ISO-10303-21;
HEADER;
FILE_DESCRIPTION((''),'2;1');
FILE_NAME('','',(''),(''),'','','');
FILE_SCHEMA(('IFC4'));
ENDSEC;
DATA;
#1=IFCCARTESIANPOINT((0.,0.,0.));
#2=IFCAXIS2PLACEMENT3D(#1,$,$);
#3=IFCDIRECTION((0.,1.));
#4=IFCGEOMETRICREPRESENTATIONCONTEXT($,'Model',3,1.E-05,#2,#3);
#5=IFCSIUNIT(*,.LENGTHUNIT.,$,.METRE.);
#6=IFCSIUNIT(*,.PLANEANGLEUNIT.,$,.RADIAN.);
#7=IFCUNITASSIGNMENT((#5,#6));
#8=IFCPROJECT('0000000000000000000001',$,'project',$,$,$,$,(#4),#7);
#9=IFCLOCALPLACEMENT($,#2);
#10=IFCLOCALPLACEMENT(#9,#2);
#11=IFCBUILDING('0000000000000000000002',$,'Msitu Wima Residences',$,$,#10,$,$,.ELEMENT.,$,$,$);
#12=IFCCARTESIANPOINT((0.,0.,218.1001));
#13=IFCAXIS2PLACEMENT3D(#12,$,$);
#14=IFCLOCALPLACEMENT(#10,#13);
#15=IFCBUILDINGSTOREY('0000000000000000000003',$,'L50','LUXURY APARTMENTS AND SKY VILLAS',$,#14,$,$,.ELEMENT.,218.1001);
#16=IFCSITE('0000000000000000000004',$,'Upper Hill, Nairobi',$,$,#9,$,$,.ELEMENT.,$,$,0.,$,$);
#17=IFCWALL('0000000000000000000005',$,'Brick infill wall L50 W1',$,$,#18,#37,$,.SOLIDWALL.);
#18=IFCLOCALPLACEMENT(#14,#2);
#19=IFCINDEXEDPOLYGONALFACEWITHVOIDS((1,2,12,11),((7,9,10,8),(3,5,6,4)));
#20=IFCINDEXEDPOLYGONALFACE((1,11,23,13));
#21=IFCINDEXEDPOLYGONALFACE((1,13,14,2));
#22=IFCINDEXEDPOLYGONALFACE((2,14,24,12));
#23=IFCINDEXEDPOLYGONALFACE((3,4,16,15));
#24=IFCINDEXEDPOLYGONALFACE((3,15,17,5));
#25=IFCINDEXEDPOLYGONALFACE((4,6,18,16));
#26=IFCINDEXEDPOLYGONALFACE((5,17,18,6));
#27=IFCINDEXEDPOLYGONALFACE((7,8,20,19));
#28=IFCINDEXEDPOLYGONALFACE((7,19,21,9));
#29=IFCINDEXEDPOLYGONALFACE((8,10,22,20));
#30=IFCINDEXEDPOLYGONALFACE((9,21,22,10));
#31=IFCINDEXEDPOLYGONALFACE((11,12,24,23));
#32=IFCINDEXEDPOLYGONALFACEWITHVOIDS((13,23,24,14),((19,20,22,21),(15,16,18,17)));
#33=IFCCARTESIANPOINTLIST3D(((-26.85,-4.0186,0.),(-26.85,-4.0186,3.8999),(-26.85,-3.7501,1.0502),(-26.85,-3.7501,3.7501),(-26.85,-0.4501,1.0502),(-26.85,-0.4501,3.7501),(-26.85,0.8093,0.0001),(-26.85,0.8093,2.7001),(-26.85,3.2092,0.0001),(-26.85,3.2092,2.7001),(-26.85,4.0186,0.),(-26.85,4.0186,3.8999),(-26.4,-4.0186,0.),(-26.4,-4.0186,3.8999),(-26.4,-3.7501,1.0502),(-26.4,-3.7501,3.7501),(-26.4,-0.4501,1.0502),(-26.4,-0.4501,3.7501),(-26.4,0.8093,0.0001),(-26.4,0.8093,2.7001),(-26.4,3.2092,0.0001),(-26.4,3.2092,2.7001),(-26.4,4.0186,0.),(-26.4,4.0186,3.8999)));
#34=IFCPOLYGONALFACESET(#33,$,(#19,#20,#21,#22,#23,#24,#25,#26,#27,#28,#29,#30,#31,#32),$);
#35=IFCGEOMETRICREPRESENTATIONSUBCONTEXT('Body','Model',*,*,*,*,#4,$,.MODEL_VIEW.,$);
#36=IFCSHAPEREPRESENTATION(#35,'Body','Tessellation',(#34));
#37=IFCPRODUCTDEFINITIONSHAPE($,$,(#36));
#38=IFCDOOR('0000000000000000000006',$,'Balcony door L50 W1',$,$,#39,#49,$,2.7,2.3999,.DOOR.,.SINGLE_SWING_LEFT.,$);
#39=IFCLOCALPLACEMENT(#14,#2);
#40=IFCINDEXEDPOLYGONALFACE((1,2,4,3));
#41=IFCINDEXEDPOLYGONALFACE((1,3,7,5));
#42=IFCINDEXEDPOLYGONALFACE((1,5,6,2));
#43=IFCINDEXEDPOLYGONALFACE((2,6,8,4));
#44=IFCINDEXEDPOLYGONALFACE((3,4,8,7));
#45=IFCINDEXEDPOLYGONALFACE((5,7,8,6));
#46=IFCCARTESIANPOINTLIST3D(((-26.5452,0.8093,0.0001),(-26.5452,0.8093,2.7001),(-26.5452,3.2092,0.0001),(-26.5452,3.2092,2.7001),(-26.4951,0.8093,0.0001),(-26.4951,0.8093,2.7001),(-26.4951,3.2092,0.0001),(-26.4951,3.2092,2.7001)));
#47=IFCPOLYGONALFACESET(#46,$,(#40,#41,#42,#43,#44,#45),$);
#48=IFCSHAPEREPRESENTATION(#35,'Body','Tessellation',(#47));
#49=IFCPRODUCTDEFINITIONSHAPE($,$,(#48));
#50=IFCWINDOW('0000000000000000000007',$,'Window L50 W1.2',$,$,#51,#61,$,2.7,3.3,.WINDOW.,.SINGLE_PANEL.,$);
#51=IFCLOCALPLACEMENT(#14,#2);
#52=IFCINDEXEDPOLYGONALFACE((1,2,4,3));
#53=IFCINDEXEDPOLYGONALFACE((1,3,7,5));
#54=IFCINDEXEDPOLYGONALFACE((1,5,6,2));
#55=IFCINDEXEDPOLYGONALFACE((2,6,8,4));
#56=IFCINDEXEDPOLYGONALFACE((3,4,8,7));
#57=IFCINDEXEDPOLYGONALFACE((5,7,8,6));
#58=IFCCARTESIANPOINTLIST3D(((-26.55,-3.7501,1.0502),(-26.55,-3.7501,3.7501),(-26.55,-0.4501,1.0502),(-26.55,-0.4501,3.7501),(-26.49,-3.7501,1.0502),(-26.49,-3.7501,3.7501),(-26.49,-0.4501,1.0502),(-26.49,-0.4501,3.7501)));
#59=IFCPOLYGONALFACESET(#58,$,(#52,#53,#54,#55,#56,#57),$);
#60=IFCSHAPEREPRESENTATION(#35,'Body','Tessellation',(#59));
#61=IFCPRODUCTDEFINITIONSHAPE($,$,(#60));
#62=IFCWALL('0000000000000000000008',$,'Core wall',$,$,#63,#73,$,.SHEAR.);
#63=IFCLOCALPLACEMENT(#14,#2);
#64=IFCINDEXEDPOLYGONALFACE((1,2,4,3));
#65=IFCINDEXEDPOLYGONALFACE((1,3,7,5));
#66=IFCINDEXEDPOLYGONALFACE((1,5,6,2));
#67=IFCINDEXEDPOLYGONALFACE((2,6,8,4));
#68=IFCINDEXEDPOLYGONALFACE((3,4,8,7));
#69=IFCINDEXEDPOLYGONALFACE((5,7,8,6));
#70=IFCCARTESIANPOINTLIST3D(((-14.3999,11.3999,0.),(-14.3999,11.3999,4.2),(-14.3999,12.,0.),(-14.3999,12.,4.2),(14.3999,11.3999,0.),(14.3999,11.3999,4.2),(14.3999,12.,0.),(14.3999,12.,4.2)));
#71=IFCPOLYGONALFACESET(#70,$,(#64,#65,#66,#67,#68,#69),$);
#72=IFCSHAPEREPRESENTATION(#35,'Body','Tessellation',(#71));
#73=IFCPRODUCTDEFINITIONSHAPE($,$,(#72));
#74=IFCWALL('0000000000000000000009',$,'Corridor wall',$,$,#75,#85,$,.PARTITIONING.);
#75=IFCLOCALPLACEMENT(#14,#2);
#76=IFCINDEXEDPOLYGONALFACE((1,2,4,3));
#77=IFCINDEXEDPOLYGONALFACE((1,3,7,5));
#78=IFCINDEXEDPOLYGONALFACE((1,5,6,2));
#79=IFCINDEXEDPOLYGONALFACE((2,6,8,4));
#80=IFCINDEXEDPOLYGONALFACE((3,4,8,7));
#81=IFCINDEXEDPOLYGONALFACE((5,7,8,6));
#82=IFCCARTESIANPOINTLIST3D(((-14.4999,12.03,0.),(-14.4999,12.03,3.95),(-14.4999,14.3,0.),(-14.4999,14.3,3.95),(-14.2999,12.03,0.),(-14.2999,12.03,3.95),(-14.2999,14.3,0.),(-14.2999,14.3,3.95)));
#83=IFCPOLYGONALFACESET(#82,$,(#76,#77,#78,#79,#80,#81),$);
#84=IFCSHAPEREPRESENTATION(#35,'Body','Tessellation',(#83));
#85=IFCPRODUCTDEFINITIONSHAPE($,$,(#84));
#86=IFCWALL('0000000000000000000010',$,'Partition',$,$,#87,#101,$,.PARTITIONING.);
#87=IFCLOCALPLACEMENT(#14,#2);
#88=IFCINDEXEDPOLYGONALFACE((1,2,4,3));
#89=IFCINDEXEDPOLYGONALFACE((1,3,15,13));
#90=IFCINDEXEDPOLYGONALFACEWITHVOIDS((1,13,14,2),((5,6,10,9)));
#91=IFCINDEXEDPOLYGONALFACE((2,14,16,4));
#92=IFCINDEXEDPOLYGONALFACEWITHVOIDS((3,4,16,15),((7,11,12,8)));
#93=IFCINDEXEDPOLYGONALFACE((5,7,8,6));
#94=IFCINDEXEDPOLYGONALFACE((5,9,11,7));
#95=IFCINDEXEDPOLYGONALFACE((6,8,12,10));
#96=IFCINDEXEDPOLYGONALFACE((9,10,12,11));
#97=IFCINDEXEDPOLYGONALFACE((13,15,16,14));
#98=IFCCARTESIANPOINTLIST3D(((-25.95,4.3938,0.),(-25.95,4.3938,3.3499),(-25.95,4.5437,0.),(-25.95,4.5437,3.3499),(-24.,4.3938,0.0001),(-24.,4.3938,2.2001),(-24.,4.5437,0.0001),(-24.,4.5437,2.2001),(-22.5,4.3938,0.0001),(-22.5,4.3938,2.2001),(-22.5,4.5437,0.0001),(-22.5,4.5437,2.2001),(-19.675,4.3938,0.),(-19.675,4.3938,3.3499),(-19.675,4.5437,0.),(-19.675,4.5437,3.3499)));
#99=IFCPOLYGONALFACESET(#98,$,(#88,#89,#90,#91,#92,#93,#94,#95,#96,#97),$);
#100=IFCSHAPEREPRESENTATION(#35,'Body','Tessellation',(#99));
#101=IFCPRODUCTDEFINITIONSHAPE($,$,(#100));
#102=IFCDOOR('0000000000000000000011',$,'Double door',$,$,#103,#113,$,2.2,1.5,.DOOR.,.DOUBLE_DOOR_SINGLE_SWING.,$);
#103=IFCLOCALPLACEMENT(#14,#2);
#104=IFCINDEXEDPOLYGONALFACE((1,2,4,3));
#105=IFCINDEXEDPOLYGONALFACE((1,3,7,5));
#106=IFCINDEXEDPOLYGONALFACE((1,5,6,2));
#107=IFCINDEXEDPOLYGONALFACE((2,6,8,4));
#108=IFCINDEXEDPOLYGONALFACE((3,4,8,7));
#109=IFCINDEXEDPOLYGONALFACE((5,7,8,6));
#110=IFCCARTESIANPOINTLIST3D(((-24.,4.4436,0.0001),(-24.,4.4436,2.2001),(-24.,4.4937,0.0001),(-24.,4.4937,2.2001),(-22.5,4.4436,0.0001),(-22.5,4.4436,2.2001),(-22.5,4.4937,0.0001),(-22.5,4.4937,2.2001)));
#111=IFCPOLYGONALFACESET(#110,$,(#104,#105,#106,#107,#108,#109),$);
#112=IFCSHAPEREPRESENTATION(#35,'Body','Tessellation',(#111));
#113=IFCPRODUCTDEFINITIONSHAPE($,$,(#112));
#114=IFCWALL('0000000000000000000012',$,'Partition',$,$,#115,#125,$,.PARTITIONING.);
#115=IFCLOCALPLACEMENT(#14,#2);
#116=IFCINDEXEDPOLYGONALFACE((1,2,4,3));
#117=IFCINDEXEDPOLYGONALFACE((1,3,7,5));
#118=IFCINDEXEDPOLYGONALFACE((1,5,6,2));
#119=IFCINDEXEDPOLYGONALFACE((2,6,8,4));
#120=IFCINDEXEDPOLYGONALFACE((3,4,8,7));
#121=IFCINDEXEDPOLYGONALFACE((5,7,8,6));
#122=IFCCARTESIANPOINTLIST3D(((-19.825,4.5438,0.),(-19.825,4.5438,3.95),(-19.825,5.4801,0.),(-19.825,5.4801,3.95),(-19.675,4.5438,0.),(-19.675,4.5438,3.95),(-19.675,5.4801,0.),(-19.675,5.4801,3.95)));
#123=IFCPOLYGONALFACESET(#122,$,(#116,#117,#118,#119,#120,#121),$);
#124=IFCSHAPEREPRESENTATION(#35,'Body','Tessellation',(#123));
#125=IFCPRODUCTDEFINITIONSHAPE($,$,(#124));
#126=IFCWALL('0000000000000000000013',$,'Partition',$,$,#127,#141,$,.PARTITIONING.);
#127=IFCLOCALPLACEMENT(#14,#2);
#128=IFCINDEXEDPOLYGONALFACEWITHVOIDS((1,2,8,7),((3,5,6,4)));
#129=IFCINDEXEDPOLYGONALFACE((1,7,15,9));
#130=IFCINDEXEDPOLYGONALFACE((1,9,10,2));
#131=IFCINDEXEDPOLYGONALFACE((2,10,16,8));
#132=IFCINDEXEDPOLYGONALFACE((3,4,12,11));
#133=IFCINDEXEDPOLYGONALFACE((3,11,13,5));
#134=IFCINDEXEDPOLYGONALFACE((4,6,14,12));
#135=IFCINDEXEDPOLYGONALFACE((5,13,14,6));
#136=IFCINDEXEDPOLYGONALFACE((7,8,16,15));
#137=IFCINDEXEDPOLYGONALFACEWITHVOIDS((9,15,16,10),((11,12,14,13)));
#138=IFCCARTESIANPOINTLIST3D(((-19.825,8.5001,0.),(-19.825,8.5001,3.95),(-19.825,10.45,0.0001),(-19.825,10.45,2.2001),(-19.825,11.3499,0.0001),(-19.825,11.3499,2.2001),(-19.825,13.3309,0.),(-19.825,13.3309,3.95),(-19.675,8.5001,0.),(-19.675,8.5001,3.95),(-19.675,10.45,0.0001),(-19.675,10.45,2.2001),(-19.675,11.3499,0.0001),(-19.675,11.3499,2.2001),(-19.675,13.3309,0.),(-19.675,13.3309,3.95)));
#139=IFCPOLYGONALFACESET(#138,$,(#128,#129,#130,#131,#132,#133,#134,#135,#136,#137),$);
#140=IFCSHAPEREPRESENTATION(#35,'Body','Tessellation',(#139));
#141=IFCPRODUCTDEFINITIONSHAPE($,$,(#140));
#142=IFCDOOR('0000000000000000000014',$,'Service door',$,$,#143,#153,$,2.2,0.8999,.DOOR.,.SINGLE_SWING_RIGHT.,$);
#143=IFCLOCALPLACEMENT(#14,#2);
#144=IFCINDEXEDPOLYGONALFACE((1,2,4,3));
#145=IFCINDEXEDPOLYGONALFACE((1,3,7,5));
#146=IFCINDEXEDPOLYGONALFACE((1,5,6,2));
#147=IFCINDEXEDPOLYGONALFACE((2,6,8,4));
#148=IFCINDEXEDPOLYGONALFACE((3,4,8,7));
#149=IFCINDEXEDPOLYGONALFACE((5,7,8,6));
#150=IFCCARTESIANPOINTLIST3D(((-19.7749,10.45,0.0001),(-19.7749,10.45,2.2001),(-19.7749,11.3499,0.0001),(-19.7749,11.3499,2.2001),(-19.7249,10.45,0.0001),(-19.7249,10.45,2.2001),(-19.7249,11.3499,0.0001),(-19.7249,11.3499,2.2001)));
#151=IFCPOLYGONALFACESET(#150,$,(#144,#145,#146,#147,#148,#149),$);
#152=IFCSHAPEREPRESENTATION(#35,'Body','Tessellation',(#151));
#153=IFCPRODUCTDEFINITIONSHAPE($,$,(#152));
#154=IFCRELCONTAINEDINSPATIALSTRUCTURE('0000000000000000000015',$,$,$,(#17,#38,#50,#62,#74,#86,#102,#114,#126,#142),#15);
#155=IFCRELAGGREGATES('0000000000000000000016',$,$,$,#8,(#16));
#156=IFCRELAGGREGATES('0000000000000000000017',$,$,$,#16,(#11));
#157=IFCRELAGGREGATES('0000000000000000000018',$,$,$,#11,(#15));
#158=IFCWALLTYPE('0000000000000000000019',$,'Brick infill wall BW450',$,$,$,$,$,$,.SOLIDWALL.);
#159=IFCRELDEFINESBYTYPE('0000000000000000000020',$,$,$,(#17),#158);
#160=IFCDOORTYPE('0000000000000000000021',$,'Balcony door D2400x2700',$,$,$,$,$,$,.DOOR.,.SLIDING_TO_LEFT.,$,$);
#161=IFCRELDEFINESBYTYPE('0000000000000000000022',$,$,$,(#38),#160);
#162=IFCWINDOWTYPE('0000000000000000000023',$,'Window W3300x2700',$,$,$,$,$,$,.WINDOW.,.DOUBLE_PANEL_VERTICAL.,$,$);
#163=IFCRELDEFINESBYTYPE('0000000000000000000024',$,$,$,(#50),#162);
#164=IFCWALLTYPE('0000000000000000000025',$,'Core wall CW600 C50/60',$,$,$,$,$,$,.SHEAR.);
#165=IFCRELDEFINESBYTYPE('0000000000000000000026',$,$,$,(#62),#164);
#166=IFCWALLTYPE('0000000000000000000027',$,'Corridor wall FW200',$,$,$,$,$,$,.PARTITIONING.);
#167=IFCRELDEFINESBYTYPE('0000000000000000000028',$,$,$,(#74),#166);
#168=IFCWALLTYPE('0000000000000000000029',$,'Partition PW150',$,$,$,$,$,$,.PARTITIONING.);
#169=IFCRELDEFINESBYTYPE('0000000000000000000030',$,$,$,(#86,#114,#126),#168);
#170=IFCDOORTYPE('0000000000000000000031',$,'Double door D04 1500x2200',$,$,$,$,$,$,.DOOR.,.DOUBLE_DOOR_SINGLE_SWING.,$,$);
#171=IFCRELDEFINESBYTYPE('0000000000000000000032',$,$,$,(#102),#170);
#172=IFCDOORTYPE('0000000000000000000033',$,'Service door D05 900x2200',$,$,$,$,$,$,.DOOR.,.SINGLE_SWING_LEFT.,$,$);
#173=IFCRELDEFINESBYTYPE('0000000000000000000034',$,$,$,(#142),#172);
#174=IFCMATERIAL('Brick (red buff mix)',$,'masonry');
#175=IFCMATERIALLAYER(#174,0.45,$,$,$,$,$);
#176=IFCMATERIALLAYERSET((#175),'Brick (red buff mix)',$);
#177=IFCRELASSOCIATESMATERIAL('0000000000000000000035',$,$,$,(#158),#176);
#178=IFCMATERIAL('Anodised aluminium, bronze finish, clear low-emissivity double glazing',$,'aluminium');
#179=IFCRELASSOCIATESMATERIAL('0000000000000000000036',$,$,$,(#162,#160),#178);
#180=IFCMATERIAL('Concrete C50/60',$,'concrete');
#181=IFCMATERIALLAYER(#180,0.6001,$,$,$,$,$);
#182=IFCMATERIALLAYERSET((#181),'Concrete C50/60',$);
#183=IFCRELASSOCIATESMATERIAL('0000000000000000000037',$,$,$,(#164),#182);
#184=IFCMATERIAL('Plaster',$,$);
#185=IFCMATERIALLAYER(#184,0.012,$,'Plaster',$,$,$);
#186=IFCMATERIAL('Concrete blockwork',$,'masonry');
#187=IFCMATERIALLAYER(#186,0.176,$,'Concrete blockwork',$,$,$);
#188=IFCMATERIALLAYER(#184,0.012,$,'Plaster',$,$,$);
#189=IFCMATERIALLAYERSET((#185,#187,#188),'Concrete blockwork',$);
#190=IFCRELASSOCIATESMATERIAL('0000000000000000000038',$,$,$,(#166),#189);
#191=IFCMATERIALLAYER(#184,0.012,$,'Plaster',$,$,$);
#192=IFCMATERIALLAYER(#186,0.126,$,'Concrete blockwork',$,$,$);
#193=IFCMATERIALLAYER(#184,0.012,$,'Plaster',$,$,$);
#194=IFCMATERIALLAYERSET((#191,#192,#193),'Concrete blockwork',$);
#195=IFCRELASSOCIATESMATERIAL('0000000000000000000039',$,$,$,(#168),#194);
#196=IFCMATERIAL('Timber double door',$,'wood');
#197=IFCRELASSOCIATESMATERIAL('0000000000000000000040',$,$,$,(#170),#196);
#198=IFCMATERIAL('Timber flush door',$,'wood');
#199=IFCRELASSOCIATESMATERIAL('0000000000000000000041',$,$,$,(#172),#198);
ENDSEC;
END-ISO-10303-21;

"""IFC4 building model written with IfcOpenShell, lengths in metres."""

from ifc_helpers import new_model, si_unit, direction, frame, frame_2d, origin, place, context, subcontext, project, spatial, rectangle, extrude, material, layer, layer_set, type_object, element, fill, save


model = new_model("IFC4")

# Units and contexts
model_context = context("Model", 3, precision=1e-05, world=origin(), true_north=direction((0.0, 1.0)))
body_context = subcontext(model_context, "Body", "Model", "MODEL_VIEW")
ifc_project = project(units=[si_unit("LENGTHUNIT", "METRE"), si_unit("PLANEANGLEUNIT", "RADIAN")], contexts=[model_context])

# Site, building, storey
site_placement = place(None, origin())
site = spatial("IfcSite", under=ifc_project, at=site_placement, Name="Upper Hill, Nairobi", CompositionType="ELEMENT", RefElevation=0.0)
building_placement = place(site_placement, origin())
building = spatial("IfcBuilding", under=site, at=building_placement, Name="Msitu Wima Residences", CompositionType="ELEMENT")
storey_placement = place(building_placement, frame((0.0, 0.0, 218.1001)))
storey = spatial("IfcBuildingStorey", under=building, at=storey_placement, Name="L50", Description="LUXURY APARTMENTS AND SKY VILLAS", CompositionType="ELEMENT", Elevation=218.1001)

# Shared definitions
ifc_material_1 = material(Name="Concrete C50/60", Category="concrete")

# Shared definitions
ifc_material_2 = material(Name="Brick (red buff mix)", Category="masonry")
ifc_layer_1 = layer(ifc_material_2, 0.45)
ifc_layer_set_1 = layer_set([ifc_layer_1], Name="Brick (red buff mix)")
wall_type_1 = type_object("IfcWallType", Name="Brick infill wall BW450", PredefinedType="SOLIDWALL", material=ifc_layer_set_1)
ifc_material_3 = material(Name="Anodised aluminium, bronze finish, clear low-emissivity double glazing", Category="aluminium")
window_type = type_object("IfcWindowType", Name="Window W3300x2700", PartitioningType="DOUBLE_PANEL_VERTICAL", PredefinedType="WINDOW", material=ifc_material_3)

# Wall, openings, door, window
wall_1_placement = place(storey_placement, frame((-26.625, 4.0186, 0.0), z_axis=(0.0, 0.0, 1.0), x_axis=(0.0, -1.0, 0.0)))
wall_1 = element("IfcWall", 1, at=wall_1_placement, inside=storey, type_object=wall_type_1, Name="Brick infill wall L50 W1", PredefinedType="SOLIDWALL", context=body_context, shape_type="SweptSolid", body=[
    extrude(rectangle(XDim=8.0371, YDim=0.45, at=frame_2d((4.0186, 0.0))), origin(), (0.0, 0.0, 1.0), 3.8999),
])
opening_1_placement = place(wall_1_placement, frame((0.8093, 0.0, 0.0)))
opening_1 = element("IfcOpeningElement", 2, at=opening_1_placement, cuts=wall_1, PredefinedType="OPENING", context=body_context, shape_type="SweptSolid", body=[
    extrude(rectangle(XDim=2.3999, YDim=2.7, at=frame_2d((1.2, 1.3501))), frame((0.0, 0.2349, 0.0), z_axis=(0.0, -1.0, 0.0), x_axis=(1.0, 0.0, 0.0)), (0.0, 0.0, 1.0), 0.47),
])
opening_2_placement = place(wall_1_placement, frame((4.4688, 0.0, 1.05)))
opening_2 = element("IfcOpeningElement", 3, at=opening_2_placement, cuts=wall_1, PredefinedType="OPENING", context=body_context, shape_type="SweptSolid", body=[
    extrude(rectangle(XDim=3.3, YDim=2.7, at=frame_2d((1.6499, 1.3501))), frame((0.0, 0.2349, 0.0), z_axis=(0.0, -1.0, 0.0), x_axis=(1.0, 0.0, 0.0)), (0.0, 0.0, 1.0), 0.47),
])
door_type_1 = type_object("IfcDoorType", Name="Balcony door D2400x2700", OperationType="SLIDING_TO_LEFT", PredefinedType="DOOR", material=ifc_material_3)
door_1_placement = place(opening_1_placement, origin())
door_1 = element("IfcDoor", 4, at=door_1_placement, inside=storey, type_object=door_type_1, Name="Balcony door L50 W1", OperationType="SINGLE_SWING_LEFT", OverallHeight=2.7, OverallWidth=2.3999, PredefinedType="DOOR", context=body_context, shape_type="SweptSolid", body=[
    extrude(rectangle(XDim=2.3999, YDim=2.7, at=frame_2d((1.2, 1.3501))), frame((0.0, 0.1299, 0.0), z_axis=(0.0, -1.0, 0.0), x_axis=(1.0, 0.0, 0.0)), (0.0, 0.0, 1.0), 0.05),
])
fill(opening_1, door_1)
window_1_placement = place(opening_2_placement, origin())
window_1 = element("IfcWindow", 5, at=window_1_placement, inside=storey, type_object=window_type, Name="Window L50 W1.2", OverallHeight=2.7, OverallWidth=3.3, PartitioningType="SINGLE_PANEL", PredefinedType="WINDOW", context=body_context, shape_type="SweptSolid", body=[
    extrude(rectangle(XDim=3.3, YDim=2.7, at=frame_2d((1.6499, 1.3501))), frame((0.0, 0.135, 0.0), z_axis=(0.0, -1.0, 0.0), x_axis=(1.0, 0.0, 0.0)), (0.0, 0.0, 1.0), 0.0601),
])
fill(opening_2, window_1)

# Walls
ifc_layer_2 = layer(ifc_material_1, 0.6001)
ifc_layer_set_2 = layer_set([ifc_layer_2], Name="Concrete C50/60")
wall_type_2 = type_object("IfcWallType", Name="Core wall CW600 C50/60", PredefinedType="SHEAR", material=ifc_layer_set_2)
wall_2_placement = place(storey_placement, frame((-14.3999, 11.7, 0.0), z_axis=(0.0, 0.0, 1.0), x_axis=(1.0, 0.0, 0.0)))
element("IfcWall", 6, at=wall_2_placement, inside=storey, type_object=wall_type_2, Name="Core wall", PredefinedType="SHEAR", context=body_context, shape_type="SweptSolid", body=[
    extrude(rectangle(XDim=28.7998, YDim=0.6001, at=frame_2d((14.3999, 0.0))), origin(), (0.0, 0.0, 1.0), 4.2),
])
ifc_material_4 = material(Name="Plaster")
ifc_layer_3 = layer(ifc_material_4, 0.012, Name="Plaster")
ifc_material_5 = material(Name="Concrete blockwork", Category="masonry")
ifc_layer_4 = layer(ifc_material_5, 0.176, Name="Concrete blockwork")
ifc_layer_5 = layer(ifc_material_4, 0.012, Name="Plaster")
ifc_layer_set_3 = layer_set([ifc_layer_3, ifc_layer_4, ifc_layer_5], Name="Concrete blockwork")
wall_type_3 = type_object("IfcWallType", Name="Corridor wall FW200", PredefinedType="PARTITIONING", material=ifc_layer_set_3)
wall_3_placement = place(storey_placement, frame((-14.3999, 12.03, 0.0), z_axis=(0.0, 0.0, 1.0), x_axis=(0.0, 1.0, 0.0)))
element("IfcWall", 7, at=wall_3_placement, inside=storey, type_object=wall_type_3, Name="Corridor wall", PredefinedType="PARTITIONING", context=body_context, shape_type="SweptSolid", body=[
    extrude(rectangle(XDim=2.27, YDim=0.2, at=frame_2d((1.135, 0.0))), origin(), (0.0, 0.0, 1.0), 3.95),
])

# Wall, opening, door
ifc_layer_6 = layer(ifc_material_4, 0.012, Name="Plaster")
ifc_layer_7 = layer(ifc_material_5, 0.126, Name="Concrete blockwork")
ifc_layer_8 = layer(ifc_material_4, 0.012, Name="Plaster")
ifc_layer_set_4 = layer_set([ifc_layer_6, ifc_layer_7, ifc_layer_8], Name="Concrete blockwork")
wall_type_4 = type_object("IfcWallType", Name="Partition PW150", PredefinedType="PARTITIONING", material=ifc_layer_set_4)
wall_4_placement = place(storey_placement, frame((-25.95, 4.4688, 0.0), z_axis=(0.0, 0.0, 1.0), x_axis=(1.0, 0.0, 0.0)))
wall_4 = element("IfcWall", 8, at=wall_4_placement, inside=storey, type_object=wall_type_4, Name="Partition", PredefinedType="PARTITIONING", context=body_context, shape_type="SweptSolid", body=[
    extrude(rectangle(XDim=6.2749, YDim=0.1499, at=frame_2d((3.1375, 0.0))), origin(), (0.0, 0.0, 1.0), 3.3499),
])
opening_3_placement = place(wall_4_placement, frame((1.95, 0.0, 0.0)))
opening_3 = element("IfcOpeningElement", 9, at=opening_3_placement, cuts=wall_4, PredefinedType="OPENING", context=body_context, shape_type="SweptSolid", body=[
    extrude(rectangle(XDim=1.5, YDim=2.2, at=frame_2d((0.75, 1.1001))), frame((0.0, 0.085, 0.0), z_axis=(0.0, -1.0, 0.0), x_axis=(1.0, 0.0, 0.0)), (0.0, 0.0, 1.0), 0.1699),
])
ifc_material_6 = material(Name="Timber double door", Category="wood")
door_type_2 = type_object("IfcDoorType", Name="Double door D04 1500x2200", OperationType="DOUBLE_DOOR_SINGLE_SWING", PredefinedType="DOOR", material=ifc_material_6)
door_2_placement = place(opening_3_placement, origin())
door_2 = element("IfcDoor", 10, at=door_2_placement, inside=storey, type_object=door_type_2, Name="Double door", OperationType="DOUBLE_DOOR_SINGLE_SWING", OverallHeight=2.2, OverallWidth=1.5, PredefinedType="DOOR", context=body_context, shape_type="SweptSolid", body=[
    extrude(rectangle(XDim=1.5, YDim=2.2, at=frame_2d((0.75, 1.1001))), frame((0.0, 0.0249, 0.0), z_axis=(0.0, -1.0, 0.0), x_axis=(1.0, 0.0, 0.0)), (0.0, 0.0, 1.0), 0.05),
])
fill(opening_3, door_2)

# Wall
wall_5_placement = place(storey_placement, frame((-19.75, 4.5437, 0.0), z_axis=(0.0, 0.0, 1.0), x_axis=(0.0, 1.0, 0.0)))
element("IfcWall", 11, at=wall_5_placement, inside=storey, type_object=wall_type_4, Name="Partition", PredefinedType="PARTITIONING", context=body_context, shape_type="SweptSolid", body=[
    extrude(rectangle(XDim=0.9363, YDim=0.1499, at=frame_2d((0.4683, 0.0))), origin(), (0.0, 0.0, 1.0), 3.95),
])

# Wall, opening, door
wall_6_placement = place(storey_placement, frame((-19.75, 8.5, 0.0), z_axis=(0.0, 0.0, 1.0), x_axis=(0.0, 1.0, 0.0)))
wall_6 = element("IfcWall", 12, at=wall_6_placement, inside=storey, type_object=wall_type_4, Name="Partition", PredefinedType="PARTITIONING", context=body_context, shape_type="SweptSolid", body=[
    extrude(rectangle(XDim=4.8308, YDim=0.1499, at=frame_2d((2.4155, 0.0))), origin(), (0.0, 0.0, 1.0), 3.95),
])
opening_4_placement = place(wall_6_placement, frame((1.95, 0.0, 0.0)))
opening_4 = element("IfcOpeningElement", 13, at=opening_4_placement, cuts=wall_6, PredefinedType="OPENING", context=body_context, shape_type="SweptSolid", body=[
    extrude(rectangle(XDim=0.8999, YDim=2.2, at=frame_2d((0.45, 1.1001))), frame((0.0, 0.085, 0.0), z_axis=(0.0, -1.0, 0.0), x_axis=(1.0, 0.0, 0.0)), (0.0, 0.0, 1.0), 0.1699),
])
ifc_material_7 = material(Name="Timber flush door", Category="wood")
door_type_3 = type_object("IfcDoorType", Name="Service door D05 900x2200", OperationType="SINGLE_SWING_LEFT", PredefinedType="DOOR", material=ifc_material_7)
door_3_placement = place(opening_4_placement, origin())
door_3 = element("IfcDoor", 14, at=door_3_placement, inside=storey, type_object=door_type_3, Name="Service door", OperationType="SINGLE_SWING_RIGHT", OverallHeight=2.2, OverallWidth=0.8999, PredefinedType="DOOR", context=body_context, shape_type="SweptSolid", body=[
    extrude(rectangle(XDim=0.8999, YDim=2.2, at=frame_2d((0.45, 1.1001))), frame((0.0, 0.0249, 0.0), z_axis=(0.0, -1.0, 0.0), x_axis=(1.0, 0.0, 0.0)), (0.0, 0.0, 1.0), 0.05),
])
fill(opening_4, door_3)

save(model, "model.ifc")
